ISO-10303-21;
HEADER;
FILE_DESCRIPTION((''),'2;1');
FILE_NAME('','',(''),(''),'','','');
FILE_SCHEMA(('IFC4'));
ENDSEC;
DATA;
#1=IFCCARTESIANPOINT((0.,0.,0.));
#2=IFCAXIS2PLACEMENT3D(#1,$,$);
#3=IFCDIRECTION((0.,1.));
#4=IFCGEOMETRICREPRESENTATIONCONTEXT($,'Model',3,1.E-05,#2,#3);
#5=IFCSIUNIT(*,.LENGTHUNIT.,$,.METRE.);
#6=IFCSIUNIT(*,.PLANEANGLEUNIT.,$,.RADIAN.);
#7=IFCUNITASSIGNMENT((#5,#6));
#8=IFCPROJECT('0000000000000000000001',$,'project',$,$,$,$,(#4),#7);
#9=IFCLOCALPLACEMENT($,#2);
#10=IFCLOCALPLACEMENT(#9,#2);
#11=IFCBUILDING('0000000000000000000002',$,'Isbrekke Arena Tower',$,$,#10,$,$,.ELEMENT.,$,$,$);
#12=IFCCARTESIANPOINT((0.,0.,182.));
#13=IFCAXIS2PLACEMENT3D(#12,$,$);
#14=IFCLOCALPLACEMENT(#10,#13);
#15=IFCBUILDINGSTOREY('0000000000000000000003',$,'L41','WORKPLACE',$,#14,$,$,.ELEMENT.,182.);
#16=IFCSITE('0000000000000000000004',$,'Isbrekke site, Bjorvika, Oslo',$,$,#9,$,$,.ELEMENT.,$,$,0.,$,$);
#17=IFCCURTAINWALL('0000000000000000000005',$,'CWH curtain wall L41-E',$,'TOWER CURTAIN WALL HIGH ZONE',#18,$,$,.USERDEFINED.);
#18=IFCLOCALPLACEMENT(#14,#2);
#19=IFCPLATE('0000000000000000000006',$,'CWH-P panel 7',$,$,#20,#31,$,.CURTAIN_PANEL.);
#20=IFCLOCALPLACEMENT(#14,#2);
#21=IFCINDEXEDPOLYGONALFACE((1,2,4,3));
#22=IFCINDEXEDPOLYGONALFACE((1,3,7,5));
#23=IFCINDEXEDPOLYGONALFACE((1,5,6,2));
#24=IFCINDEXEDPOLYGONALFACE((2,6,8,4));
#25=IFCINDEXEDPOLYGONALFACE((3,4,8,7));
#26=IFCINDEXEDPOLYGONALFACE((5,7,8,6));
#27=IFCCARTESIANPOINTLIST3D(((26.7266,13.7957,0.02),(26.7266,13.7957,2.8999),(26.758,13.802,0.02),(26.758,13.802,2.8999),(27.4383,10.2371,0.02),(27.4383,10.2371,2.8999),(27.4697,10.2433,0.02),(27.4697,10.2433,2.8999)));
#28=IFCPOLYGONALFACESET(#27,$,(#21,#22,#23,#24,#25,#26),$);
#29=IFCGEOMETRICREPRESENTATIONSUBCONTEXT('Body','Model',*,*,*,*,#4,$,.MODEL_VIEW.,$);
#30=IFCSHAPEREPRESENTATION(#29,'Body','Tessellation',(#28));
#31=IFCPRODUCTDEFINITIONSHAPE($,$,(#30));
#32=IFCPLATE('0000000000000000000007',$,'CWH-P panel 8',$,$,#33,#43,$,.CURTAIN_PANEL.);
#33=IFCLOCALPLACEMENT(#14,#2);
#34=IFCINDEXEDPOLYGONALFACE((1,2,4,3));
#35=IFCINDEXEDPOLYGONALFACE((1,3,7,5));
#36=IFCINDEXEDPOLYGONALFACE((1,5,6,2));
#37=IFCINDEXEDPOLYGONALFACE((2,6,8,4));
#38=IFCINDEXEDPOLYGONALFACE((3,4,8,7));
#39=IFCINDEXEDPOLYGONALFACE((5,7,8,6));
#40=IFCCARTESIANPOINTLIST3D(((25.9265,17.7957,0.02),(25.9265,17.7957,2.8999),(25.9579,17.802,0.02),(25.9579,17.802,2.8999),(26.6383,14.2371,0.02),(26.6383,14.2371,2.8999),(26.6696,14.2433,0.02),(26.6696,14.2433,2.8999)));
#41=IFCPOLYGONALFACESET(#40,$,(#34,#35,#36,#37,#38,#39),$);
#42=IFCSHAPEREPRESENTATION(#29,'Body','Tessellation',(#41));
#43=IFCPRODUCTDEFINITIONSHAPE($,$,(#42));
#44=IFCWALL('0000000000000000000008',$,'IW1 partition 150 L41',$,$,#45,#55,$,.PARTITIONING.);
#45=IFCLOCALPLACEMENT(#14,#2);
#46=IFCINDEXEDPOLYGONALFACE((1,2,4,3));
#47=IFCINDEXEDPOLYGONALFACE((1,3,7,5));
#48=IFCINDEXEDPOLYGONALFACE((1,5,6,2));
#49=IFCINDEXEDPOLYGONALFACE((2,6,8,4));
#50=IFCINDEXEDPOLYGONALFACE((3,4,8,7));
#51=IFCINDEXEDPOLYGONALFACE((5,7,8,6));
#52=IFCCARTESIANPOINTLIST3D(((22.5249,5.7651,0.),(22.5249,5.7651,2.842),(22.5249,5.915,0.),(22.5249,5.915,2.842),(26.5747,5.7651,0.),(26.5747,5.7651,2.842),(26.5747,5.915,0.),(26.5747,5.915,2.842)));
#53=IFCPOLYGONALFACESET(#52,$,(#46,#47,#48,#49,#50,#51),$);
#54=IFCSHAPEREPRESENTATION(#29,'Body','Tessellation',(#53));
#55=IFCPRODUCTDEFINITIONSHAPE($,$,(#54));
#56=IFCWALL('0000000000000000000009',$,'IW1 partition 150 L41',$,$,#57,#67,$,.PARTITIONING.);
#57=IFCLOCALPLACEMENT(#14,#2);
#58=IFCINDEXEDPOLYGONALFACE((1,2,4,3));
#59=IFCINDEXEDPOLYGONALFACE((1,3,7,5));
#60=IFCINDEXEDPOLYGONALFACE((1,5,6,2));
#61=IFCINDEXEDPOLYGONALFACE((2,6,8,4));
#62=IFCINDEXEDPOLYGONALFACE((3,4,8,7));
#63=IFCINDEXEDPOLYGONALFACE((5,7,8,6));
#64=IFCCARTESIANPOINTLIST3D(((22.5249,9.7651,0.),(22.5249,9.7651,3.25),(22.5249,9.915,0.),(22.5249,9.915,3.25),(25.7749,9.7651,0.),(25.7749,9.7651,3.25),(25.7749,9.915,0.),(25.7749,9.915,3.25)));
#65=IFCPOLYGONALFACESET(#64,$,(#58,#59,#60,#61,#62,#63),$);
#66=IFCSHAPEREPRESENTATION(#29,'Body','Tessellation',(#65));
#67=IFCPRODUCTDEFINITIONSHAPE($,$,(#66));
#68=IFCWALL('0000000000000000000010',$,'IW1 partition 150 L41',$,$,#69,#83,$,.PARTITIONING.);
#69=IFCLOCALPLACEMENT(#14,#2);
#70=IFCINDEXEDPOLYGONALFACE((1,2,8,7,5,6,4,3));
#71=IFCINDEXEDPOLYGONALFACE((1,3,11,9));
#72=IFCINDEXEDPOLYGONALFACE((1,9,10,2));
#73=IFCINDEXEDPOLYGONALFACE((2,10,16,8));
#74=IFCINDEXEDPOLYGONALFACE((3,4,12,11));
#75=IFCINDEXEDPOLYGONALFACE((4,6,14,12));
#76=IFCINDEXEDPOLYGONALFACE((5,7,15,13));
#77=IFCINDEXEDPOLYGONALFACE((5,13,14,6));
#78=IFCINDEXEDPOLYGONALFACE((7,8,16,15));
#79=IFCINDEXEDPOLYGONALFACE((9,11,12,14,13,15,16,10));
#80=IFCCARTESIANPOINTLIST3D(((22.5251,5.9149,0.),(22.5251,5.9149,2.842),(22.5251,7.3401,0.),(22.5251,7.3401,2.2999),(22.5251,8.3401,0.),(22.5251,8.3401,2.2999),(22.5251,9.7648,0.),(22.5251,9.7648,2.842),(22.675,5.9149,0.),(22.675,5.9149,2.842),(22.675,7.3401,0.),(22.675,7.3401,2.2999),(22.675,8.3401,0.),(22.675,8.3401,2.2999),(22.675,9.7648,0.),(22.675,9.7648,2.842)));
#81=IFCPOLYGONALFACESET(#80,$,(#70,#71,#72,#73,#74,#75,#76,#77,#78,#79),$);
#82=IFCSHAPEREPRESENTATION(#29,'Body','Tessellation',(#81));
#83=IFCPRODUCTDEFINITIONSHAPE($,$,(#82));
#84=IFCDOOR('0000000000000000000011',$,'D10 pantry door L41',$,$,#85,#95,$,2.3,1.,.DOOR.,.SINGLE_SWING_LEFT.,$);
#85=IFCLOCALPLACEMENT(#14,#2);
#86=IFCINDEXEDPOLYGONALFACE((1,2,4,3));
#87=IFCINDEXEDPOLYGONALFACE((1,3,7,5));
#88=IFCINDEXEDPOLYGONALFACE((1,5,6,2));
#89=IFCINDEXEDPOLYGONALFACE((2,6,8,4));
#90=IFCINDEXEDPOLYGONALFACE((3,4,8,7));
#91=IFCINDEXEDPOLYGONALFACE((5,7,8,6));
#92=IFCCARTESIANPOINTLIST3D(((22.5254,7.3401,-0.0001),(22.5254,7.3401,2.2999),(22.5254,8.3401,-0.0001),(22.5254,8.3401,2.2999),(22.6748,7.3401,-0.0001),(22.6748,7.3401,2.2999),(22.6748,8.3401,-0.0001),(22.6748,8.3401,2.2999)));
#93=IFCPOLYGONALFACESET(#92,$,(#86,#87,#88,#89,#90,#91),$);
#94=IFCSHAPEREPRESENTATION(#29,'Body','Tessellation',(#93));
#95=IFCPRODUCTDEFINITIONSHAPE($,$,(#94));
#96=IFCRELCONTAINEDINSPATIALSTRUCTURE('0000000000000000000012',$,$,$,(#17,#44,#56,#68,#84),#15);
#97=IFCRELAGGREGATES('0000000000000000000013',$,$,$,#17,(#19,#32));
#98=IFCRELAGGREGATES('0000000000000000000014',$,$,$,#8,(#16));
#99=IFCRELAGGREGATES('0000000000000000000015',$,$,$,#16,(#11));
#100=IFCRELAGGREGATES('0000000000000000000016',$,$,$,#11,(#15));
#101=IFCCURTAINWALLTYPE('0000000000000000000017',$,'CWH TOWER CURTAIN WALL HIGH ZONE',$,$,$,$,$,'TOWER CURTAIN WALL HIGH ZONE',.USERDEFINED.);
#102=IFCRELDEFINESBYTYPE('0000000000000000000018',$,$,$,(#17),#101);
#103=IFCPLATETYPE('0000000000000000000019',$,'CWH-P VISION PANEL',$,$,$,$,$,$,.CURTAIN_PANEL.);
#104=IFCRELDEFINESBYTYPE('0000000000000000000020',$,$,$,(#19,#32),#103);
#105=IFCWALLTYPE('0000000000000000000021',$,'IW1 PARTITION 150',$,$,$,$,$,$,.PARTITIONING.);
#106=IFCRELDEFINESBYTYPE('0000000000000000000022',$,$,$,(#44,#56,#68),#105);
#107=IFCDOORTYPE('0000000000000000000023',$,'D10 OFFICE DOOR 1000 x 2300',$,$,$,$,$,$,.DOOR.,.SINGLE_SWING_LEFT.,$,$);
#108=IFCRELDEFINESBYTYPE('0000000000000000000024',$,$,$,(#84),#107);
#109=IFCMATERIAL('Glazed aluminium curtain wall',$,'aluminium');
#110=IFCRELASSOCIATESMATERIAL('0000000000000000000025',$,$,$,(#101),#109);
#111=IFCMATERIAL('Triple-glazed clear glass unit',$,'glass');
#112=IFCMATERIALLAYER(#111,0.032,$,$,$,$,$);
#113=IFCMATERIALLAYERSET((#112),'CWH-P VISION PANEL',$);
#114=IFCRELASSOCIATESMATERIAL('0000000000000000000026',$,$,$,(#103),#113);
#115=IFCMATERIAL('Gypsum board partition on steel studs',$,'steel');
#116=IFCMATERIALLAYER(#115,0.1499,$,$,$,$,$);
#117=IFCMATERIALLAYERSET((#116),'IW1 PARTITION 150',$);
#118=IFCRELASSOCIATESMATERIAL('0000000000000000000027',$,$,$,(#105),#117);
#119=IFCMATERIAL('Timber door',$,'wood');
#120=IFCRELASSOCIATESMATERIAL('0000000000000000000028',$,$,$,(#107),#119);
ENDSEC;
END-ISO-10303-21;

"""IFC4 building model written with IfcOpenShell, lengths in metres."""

from ifc_helpers import new_model, si_unit, direction, frame, frame_2d, origin, origin_2d, place, context, subcontext, project, spatial, rectangle, extrude, material, layer, layer_set, type_object, element, fill, aggregate, save


model = new_model("IFC4")

# Units and contexts
model_context = context("Model", 3, precision=1e-05, world=origin(), true_north=direction((0.0, 1.0)))
body_context = subcontext(model_context, "Body", "Model", "MODEL_VIEW")
ifc_project = project(units=[si_unit("LENGTHUNIT", "METRE"), si_unit("PLANEANGLEUNIT", "RADIAN")], contexts=[model_context])

# Site, building, storey
site_placement = place(None, origin())
site = spatial("IfcSite", under=ifc_project, at=site_placement, Name="Isbrekke site, Bjorvika, Oslo", CompositionType="ELEMENT", RefElevation=0.0)
building_placement = place(site_placement, origin())
building = spatial("IfcBuilding", under=site, at=building_placement, Name="Isbrekke Arena Tower", CompositionType="ELEMENT")
storey_placement = place(building_placement, frame((0.0, 0.0, 182.0)))
storey = spatial("IfcBuildingStorey", under=building, at=storey_placement, Name="L41", Description="WORKPLACE", CompositionType="ELEMENT", Elevation=182.0)

# Curtain wall
ifc_material_1 = material(Name="Glazed aluminium curtain wall", Category="aluminium")
curtain_wall_type = type_object("IfcCurtainWallType", Name="CWH TOWER CURTAIN WALL HIGH ZONE", ElementType="TOWER CURTAIN WALL HIGH ZONE", PredefinedType="USERDEFINED", material=ifc_material_1)
curtain_wall_placement = place(storey_placement, origin())
curtain_wall = element("IfcCurtainWall", 1, at=curtain_wall_placement, inside=storey, type_object=curtain_wall_type, Name="CWH curtain wall L41-E", ObjectType="TOWER CURTAIN WALL HIGH ZONE", PredefinedType="USERDEFINED")

# Plates
ifc_material_2 = material(Name="Triple-glazed clear glass unit", Category="glass")
ifc_layer_1 = layer(ifc_material_2, 0.032)
ifc_layer_set_1 = layer_set([ifc_layer_1], Name="CWH-P VISION PANEL")
plate_type = type_object("IfcPlateType", Name="CWH-P VISION PANEL", PredefinedType="CURTAIN_PANEL", material=ifc_layer_set_1)
plate_1_placement = place(storey_placement, frame((27.0981, 12.0195, 0.02), z_axis=(0.0, 0.0, 1.0), x_axis=(-0.196116, 0.980581, 0.0)))
plate_1 = element("IfcPlate", 2, at=plate_1_placement, type_object=plate_type, Name="CWH-P panel 7", PredefinedType="CURTAIN_PANEL", context=body_context, shape_type="SweptSolid", body=[
    extrude(rectangle(XDim=3.6292, YDim=0.032, at=origin_2d()), origin(), (0.0, 0.0, 1.0), 2.8799),
])
plate_2_placement = place(storey_placement, frame((26.2981, 16.0195, 0.02), z_axis=(0.0, 0.0, 1.0), x_axis=(-0.196116, 0.980581, 0.0)))
plate_2 = element("IfcPlate", 3, at=plate_2_placement, type_object=plate_type, Name="CWH-P panel 8", PredefinedType="CURTAIN_PANEL", context=body_context, shape_type="SweptSolid", body=[
    extrude(rectangle(XDim=3.6292, YDim=0.032, at=origin_2d()), origin(), (0.0, 0.0, 1.0), 2.8799),
])
aggregate(curtain_wall, [plate_1, plate_2])

# Walls
ifc_material_3 = material(Name="Gypsum board partition on steel studs", Category="steel")
ifc_layer_2 = layer(ifc_material_3, 0.1499)
ifc_layer_set_2 = layer_set([ifc_layer_2], Name="IW1 PARTITION 150")
wall_type = type_object("IfcWallType", Name="IW1 PARTITION 150", PredefinedType="PARTITIONING", material=ifc_layer_set_2)
wall_1_placement = place(storey_placement, frame((22.5249, 5.8401, 0.0), z_axis=(0.0, 0.0, 1.0), x_axis=(1.0, 0.0, 0.0)))
element("IfcWall", 4, at=wall_1_placement, inside=storey, type_object=wall_type, Name="IW1 partition 150 L41", PredefinedType="PARTITIONING", context=body_context, shape_type="SweptSolid", body=[
    extrude(rectangle(XDim=4.0498, YDim=0.1499, at=frame_2d((2.0249, 0.0))), origin(), (0.0, 0.0, 1.0), 2.842),
])
wall_2_placement = place(storey_placement, frame((22.5249, 9.8401, 0.0), z_axis=(0.0, 0.0, 1.0), x_axis=(1.0, 0.0, 0.0)))
element("IfcWall", 5, at=wall_2_placement, inside=storey, type_object=wall_type, Name="IW1 partition 150 L41", PredefinedType="PARTITIONING", context=body_context, shape_type="SweptSolid", body=[
    extrude(rectangle(XDim=3.25, YDim=0.1499, at=frame_2d((1.625, 0.0))), origin(), (0.0, 0.0, 1.0), 3.25),
])

# Wall, opening, door
wall_3_placement = place(storey_placement, frame((22.6001, 5.915, 0.0), z_axis=(0.0, 0.0, 1.0), x_axis=(0.0, 1.0, 0.0)))
wall_3 = element("IfcWall", 6, at=wall_3_placement, inside=storey, type_object=wall_type, Name="IW1 partition 150 L41", PredefinedType="PARTITIONING", context=body_context, shape_type="SweptSolid", body=[
    extrude(rectangle(XDim=3.8499, YDim=0.1499, at=frame_2d((1.9248, 0.0))), origin(), (0.0, 0.0, 1.0), 2.842),
])
opening_placement = place(wall_3_placement, frame((1.425, 0.0, 0.0)))
opening = element("IfcOpeningElement", 7, at=opening_placement, cuts=wall_3, PredefinedType="OPENING", context=body_context, shape_type="SweptSolid", body=[
    extrude(rectangle(XDim=1.0, YDim=2.3, at=frame_2d((0.5, 1.1499))), frame((0.0, 0.0898, 0.0), z_axis=(0.0, -1.0, 0.0), x_axis=(1.0, 0.0, 0.0)), (0.0, 0.0, 1.0), 0.1797),
])
ifc_material_4 = material(Name="Timber door", Category="wood")
door_type = type_object("IfcDoorType", Name="D10 OFFICE DOOR 1000 x 2300", OperationType="SINGLE_SWING_LEFT", PredefinedType="DOOR", material=ifc_material_4)
door_placement = place(opening_placement, origin())
door = element("IfcDoor", 8, at=door_placement, inside=storey, type_object=door_type, Name="D10 pantry door L41", OperationType="SINGLE_SWING_LEFT", OverallHeight=2.3, OverallWidth=1.0, PredefinedType="DOOR", context=body_context, shape_type="SweptSolid", body=[
    extrude(rectangle(XDim=1.0, YDim=2.3, at=frame_2d((0.5, 1.1499))), frame((0.0, 0.0747, 0.0), z_axis=(0.0, -1.0, 0.0), x_axis=(1.0, 0.0, 0.0)), (0.0, 0.0, 1.0), 0.1494),
])
fill(opening, door)

save(model, "model.ifc")
